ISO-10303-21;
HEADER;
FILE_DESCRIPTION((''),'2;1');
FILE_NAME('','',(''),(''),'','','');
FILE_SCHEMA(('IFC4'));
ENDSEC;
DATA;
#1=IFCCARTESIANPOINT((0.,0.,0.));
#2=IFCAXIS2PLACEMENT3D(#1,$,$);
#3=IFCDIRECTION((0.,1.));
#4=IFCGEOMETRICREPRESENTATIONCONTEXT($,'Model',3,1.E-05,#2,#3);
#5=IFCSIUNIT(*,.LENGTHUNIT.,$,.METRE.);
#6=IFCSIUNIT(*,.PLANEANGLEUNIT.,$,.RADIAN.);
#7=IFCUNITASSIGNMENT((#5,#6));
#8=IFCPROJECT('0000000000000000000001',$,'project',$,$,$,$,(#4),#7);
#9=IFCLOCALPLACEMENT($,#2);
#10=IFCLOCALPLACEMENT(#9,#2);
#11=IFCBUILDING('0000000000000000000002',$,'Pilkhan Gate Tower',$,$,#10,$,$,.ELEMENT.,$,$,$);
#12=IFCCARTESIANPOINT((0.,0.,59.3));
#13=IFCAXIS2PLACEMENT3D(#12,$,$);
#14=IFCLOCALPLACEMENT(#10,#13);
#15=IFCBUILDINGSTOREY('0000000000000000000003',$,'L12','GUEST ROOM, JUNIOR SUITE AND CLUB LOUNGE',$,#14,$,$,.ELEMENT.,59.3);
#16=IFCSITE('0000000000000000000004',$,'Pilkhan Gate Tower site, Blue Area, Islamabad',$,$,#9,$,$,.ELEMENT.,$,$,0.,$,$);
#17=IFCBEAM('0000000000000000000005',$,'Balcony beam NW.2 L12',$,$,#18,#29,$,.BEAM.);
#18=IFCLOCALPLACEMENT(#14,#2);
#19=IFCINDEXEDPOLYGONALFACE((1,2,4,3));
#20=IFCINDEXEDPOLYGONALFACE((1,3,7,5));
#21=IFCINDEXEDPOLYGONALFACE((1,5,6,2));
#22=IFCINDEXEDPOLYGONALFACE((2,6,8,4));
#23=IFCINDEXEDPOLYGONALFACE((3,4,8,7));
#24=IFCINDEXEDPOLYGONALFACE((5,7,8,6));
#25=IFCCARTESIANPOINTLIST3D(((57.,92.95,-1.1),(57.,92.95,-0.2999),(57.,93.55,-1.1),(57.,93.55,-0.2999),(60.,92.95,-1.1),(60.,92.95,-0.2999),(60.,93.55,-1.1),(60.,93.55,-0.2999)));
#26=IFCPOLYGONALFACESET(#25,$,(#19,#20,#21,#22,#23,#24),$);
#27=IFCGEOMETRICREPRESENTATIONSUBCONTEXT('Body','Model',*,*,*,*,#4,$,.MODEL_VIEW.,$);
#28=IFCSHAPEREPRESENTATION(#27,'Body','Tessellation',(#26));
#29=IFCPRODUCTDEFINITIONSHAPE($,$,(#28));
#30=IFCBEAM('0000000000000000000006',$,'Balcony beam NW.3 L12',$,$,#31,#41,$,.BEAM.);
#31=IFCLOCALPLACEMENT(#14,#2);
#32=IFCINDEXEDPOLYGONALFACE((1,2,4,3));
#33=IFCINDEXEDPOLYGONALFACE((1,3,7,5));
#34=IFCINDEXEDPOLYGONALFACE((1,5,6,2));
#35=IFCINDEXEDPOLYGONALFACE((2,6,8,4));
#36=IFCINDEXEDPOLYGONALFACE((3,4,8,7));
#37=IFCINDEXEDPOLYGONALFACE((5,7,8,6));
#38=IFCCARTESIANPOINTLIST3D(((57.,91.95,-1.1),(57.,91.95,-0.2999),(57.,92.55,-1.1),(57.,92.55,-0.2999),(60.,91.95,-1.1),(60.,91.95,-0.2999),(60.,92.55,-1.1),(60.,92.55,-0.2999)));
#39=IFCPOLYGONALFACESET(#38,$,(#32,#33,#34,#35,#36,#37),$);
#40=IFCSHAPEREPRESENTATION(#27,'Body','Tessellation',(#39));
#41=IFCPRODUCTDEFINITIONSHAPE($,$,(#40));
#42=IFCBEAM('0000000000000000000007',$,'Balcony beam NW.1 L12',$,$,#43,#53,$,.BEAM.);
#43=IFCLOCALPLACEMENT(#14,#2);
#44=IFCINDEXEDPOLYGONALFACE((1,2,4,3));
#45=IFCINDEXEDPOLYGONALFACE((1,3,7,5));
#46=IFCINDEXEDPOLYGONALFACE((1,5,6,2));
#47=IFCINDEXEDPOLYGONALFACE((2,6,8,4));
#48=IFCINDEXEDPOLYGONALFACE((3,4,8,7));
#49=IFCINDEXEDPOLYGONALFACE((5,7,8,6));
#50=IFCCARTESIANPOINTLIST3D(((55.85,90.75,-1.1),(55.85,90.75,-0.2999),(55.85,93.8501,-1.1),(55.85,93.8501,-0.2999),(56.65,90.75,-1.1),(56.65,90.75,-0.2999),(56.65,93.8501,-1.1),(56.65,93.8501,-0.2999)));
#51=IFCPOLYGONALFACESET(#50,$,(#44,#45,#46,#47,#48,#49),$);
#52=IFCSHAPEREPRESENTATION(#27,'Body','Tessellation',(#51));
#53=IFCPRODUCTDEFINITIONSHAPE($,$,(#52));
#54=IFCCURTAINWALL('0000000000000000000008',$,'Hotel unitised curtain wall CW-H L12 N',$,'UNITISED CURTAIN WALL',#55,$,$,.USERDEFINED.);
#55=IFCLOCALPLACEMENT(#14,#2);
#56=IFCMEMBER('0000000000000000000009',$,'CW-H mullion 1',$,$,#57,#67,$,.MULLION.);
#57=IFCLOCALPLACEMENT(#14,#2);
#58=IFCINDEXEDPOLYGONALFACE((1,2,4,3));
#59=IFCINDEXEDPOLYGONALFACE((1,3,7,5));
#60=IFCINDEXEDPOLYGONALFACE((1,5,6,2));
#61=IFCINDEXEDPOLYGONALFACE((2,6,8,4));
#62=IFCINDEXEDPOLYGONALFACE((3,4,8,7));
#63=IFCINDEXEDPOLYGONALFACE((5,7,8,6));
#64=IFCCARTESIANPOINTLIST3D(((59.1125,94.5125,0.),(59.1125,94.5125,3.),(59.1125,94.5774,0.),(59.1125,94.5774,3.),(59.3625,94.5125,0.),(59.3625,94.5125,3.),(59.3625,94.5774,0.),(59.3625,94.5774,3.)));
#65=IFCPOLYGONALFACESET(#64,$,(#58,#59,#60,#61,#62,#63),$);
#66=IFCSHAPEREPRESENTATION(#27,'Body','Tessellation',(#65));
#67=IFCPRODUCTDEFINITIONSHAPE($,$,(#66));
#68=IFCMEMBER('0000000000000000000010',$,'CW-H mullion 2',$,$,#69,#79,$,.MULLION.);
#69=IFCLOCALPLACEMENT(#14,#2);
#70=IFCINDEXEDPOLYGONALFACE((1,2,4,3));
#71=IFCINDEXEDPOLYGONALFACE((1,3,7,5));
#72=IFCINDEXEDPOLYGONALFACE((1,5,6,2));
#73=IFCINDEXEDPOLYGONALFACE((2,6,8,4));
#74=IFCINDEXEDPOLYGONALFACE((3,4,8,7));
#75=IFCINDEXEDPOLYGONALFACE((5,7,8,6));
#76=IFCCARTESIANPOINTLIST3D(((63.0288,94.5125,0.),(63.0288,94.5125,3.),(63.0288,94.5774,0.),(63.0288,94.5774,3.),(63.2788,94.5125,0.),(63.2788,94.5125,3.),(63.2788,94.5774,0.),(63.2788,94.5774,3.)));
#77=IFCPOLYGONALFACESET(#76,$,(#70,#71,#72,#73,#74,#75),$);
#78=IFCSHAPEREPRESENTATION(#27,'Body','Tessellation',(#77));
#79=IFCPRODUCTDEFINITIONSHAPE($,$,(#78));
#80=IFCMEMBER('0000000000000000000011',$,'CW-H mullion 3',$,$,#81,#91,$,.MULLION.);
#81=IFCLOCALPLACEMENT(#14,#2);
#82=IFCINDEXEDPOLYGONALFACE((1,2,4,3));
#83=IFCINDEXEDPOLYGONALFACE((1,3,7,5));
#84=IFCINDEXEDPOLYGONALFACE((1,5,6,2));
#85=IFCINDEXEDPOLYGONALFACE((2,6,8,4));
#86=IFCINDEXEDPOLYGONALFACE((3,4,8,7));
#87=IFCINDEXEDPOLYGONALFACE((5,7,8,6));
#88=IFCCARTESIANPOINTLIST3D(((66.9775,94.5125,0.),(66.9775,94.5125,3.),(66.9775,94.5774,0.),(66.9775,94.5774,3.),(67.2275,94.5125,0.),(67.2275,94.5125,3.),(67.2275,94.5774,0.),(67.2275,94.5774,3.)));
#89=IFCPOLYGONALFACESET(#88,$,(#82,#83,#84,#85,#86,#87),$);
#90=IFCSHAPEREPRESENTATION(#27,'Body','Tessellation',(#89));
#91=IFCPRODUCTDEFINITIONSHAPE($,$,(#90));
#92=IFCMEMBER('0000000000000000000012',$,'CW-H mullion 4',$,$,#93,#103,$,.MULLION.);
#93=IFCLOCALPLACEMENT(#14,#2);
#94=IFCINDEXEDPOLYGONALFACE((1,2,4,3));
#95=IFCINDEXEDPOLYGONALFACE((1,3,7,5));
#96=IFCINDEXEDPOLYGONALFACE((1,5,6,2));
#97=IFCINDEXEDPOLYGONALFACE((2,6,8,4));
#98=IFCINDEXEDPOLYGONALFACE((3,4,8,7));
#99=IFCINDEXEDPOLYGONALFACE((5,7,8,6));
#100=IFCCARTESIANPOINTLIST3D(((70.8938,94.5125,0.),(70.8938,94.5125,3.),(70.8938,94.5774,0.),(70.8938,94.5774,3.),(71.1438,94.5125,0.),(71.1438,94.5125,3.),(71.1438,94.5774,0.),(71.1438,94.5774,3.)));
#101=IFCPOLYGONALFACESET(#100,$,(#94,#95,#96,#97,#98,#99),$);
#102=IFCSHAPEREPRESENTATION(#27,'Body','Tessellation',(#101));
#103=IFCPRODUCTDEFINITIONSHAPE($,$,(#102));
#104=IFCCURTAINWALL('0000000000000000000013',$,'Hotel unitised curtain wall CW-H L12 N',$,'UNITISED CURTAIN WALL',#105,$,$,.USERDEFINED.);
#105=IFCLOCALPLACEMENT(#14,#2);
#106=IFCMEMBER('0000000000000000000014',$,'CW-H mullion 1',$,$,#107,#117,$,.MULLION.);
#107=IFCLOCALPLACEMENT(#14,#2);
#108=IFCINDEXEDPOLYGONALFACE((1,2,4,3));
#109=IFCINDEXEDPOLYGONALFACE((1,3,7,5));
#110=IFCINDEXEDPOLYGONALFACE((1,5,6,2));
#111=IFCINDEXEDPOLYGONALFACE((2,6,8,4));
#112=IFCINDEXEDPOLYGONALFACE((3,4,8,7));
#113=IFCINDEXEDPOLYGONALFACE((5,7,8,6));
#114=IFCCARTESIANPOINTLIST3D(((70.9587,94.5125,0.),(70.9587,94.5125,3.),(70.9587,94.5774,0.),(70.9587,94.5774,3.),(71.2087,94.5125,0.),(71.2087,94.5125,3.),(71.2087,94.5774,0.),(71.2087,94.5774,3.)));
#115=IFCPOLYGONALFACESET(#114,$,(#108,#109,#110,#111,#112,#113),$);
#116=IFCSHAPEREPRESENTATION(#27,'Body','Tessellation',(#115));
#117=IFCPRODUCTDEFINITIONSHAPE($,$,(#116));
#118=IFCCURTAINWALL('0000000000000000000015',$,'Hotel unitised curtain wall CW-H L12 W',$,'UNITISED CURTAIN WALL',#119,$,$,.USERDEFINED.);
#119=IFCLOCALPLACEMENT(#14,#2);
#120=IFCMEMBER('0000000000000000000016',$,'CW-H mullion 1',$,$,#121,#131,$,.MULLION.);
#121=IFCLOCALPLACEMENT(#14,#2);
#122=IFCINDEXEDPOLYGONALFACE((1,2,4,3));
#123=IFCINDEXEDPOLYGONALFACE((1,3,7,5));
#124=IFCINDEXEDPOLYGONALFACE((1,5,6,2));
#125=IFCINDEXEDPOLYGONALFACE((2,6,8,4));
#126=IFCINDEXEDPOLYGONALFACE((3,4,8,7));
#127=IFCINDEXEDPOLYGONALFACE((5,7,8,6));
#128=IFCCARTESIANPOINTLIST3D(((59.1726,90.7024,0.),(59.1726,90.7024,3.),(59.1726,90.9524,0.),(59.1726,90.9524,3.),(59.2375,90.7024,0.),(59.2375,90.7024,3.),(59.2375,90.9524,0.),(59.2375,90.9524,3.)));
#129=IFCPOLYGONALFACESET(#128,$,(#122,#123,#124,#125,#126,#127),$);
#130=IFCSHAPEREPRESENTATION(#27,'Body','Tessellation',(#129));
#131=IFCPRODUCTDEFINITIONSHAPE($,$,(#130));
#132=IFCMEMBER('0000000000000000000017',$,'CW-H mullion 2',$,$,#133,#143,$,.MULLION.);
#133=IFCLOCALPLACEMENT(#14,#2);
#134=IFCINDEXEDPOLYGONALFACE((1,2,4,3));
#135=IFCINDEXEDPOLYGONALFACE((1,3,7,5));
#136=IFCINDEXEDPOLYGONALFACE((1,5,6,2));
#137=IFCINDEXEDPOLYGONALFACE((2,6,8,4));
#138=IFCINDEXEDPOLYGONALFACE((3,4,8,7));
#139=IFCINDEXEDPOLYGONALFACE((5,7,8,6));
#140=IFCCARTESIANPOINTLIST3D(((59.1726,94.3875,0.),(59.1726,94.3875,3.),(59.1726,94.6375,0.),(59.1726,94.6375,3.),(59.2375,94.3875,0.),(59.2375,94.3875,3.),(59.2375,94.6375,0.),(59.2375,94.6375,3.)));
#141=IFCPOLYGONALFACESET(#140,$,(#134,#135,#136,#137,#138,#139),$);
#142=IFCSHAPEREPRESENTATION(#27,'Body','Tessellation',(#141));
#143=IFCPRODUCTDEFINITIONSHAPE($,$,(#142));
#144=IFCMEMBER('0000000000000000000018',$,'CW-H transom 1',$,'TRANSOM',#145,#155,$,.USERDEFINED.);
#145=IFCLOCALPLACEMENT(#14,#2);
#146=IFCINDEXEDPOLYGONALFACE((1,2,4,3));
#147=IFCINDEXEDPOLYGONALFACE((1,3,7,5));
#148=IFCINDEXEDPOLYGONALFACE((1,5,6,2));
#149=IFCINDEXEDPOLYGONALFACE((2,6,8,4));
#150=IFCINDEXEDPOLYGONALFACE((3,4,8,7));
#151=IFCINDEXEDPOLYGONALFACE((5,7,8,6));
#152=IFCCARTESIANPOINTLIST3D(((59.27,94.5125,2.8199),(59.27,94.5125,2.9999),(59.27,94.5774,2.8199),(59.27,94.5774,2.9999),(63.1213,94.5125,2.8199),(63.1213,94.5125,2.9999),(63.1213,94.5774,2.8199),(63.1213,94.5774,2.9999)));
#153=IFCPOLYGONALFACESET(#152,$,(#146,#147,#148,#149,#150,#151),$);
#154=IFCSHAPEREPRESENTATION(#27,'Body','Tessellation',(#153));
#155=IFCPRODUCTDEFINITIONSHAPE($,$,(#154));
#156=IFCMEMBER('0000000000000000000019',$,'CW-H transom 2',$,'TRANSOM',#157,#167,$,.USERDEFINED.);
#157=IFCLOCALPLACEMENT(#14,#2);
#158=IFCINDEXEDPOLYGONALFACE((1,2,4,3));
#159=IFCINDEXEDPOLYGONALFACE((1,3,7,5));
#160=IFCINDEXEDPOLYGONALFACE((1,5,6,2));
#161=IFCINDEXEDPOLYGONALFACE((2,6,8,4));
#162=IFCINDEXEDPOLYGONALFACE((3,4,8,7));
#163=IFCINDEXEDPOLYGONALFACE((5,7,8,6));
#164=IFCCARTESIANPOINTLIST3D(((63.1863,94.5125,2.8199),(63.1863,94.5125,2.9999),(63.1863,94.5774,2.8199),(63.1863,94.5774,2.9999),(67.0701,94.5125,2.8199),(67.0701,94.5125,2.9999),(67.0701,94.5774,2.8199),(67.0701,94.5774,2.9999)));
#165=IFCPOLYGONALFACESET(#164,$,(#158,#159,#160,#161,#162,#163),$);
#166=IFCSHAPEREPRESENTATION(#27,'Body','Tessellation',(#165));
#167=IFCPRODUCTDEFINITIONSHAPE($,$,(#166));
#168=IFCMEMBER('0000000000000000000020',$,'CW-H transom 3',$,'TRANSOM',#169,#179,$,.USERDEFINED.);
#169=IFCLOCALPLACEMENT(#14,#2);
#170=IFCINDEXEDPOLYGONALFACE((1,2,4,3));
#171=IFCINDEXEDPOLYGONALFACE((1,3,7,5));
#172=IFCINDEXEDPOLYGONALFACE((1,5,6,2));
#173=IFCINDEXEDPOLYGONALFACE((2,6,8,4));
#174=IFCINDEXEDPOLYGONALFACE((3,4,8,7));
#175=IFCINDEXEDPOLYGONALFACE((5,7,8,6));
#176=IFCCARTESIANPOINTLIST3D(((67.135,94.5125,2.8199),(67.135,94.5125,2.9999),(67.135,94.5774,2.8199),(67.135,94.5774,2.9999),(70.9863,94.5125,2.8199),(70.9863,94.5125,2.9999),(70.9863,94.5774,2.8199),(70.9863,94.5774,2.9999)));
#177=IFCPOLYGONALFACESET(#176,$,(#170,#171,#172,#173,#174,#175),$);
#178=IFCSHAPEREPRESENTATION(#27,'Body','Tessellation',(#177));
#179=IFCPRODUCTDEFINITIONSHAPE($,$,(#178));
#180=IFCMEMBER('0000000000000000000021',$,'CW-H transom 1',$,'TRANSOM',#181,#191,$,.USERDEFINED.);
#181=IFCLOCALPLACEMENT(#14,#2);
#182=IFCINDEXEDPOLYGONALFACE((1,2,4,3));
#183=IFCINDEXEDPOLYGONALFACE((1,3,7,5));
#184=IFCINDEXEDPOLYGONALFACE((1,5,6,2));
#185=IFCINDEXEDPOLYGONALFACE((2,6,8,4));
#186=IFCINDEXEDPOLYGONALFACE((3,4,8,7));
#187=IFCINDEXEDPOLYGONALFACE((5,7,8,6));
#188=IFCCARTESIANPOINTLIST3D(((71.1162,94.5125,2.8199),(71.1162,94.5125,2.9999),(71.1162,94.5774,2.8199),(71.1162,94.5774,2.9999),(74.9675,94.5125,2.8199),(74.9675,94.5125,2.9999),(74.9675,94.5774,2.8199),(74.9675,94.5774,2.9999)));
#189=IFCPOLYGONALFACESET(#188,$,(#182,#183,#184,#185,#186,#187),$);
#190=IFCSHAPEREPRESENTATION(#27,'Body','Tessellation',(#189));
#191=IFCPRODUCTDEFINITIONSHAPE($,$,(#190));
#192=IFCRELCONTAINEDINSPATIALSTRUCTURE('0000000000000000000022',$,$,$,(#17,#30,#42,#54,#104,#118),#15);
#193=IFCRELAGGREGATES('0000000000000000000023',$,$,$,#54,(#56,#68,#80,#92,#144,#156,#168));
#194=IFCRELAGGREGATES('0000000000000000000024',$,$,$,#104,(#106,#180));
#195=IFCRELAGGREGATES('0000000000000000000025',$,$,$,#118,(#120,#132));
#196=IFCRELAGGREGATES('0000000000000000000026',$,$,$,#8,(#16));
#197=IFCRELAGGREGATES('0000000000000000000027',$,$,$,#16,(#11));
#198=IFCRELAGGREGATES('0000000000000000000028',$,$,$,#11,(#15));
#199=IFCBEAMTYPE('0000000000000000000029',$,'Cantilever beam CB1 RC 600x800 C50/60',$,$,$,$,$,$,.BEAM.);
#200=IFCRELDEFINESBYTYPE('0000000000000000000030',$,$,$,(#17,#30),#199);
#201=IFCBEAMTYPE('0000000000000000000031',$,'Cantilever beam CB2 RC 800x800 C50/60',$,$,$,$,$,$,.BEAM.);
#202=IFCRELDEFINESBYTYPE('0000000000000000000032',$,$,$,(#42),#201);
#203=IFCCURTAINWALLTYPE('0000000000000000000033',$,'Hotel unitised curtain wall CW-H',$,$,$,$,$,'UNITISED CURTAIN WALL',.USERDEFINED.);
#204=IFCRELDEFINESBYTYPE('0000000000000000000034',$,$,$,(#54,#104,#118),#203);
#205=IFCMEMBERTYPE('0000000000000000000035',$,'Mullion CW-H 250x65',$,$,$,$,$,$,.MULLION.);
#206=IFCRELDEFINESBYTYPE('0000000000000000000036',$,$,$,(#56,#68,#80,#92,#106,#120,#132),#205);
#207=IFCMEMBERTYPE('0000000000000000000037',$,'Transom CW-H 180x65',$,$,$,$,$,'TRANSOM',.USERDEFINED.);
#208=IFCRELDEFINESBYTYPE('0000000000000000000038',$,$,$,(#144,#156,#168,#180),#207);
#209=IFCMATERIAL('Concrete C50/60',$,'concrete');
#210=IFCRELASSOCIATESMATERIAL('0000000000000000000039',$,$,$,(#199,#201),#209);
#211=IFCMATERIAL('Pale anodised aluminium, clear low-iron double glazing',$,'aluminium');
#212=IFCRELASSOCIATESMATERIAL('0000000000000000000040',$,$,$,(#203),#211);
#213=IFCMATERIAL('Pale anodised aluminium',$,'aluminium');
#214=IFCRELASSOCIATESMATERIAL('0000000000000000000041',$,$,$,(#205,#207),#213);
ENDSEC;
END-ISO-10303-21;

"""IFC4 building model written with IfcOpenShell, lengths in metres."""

from ifc_helpers import new_model, si_unit, direction, frame, origin, origin_2d, place, context, subcontext, project, spatial, rectangle, extrude, material, material_profile, profile_set, type_object, element, aggregate, save


model = new_model("IFC4")

# Units and contexts
model_context = context("Model", 3, precision=1e-05, world=origin(), true_north=direction((0.0, 1.0)))
body_context = subcontext(model_context, "Body", "Model", "MODEL_VIEW")
ifc_project = project(units=[si_unit("LENGTHUNIT", "METRE"), si_unit("PLANEANGLEUNIT", "RADIAN")], contexts=[model_context])

# Site, building, storey
site_placement = place(None, origin())
site = spatial("IfcSite", under=ifc_project, at=site_placement, Name="Pilkhan Gate Tower site, Blue Area, Islamabad", CompositionType="ELEMENT", RefElevation=0.0)
building_placement = place(site_placement, origin())
building = spatial("IfcBuilding", under=site, at=building_placement, Name="Pilkhan Gate Tower", CompositionType="ELEMENT")
storey_placement = place(building_placement, frame((0.0, 0.0, 59.3)))
storey = spatial("IfcBuildingStorey", under=building, at=storey_placement, Name="L12", Description="GUEST ROOM, JUNIOR SUITE AND CLUB LOUNGE", CompositionType="ELEMENT", Elevation=59.3)

# Beams
ifc_material_1 = material(Name="Concrete C50/60", Category="concrete")
ifc_material_profile_1 = material_profile(ifc_material_1, rectangle(XDim=0.6001, YDim=0.8, at=origin_2d()), Name="RC 600x800")
ifc_profile_set_1 = profile_set([ifc_material_profile_1], Name="Concrete C50/60")
beam_type_1 = type_object("IfcBeamType", Name="Cantilever beam CB1 RC 600x800 C50/60", PredefinedType="BEAM", material=ifc_profile_set_1)
for number, where, z_axis, x_axis, name in (
    (1, (60.0, 93.25, -0.7), (-1.0, 0.0, 0.0), (0.0, -1.0, 0.0), "Balcony beam NW.2 L12"),
    (2, (60.0, 92.25, -0.7), (-1.0, 0.0, 0.0), (0.0, -1.0, 0.0), "Balcony beam NW.3 L12"),
):
    element("IfcBeam", number, at=place(storey_placement, frame(where, z_axis=z_axis, x_axis=x_axis)), inside=storey, type_object=beam_type_1, Name=name, PredefinedType="BEAM", context=body_context, shape_type="SweptSolid", body=[
        extrude(rectangle(XDim=0.6001, YDim=0.8, at=origin_2d()), origin(), (0.0, 0.0, 1.0), 3.0),
    ])
ifc_material_profile_2 = material_profile(ifc_material_1, rectangle(XDim=0.8, YDim=0.8, at=origin_2d()), Name="RC 800x800")
ifc_profile_set_2 = profile_set([ifc_material_profile_2], Name="Concrete C50/60")
beam_type_2 = type_object("IfcBeamType", Name="Cantilever beam CB2 RC 800x800 C50/60", PredefinedType="BEAM", material=ifc_profile_set_2)
beam_placement = place(storey_placement, frame((56.25, 90.75, -0.7), z_axis=(0.0, 1.0, 0.0), x_axis=(-1.0, 0.0, 0.0)))
element("IfcBeam", 3, at=beam_placement, inside=storey, type_object=beam_type_2, Name="Balcony beam NW.1 L12", PredefinedType="BEAM", context=body_context, shape_type="SweptSolid", body=[
    extrude(rectangle(XDim=0.8, YDim=0.8, at=origin_2d()), origin(), (0.0, 0.0, 1.0), 3.1001),
])

# Curtain wall, members
ifc_material_2 = material(Name="Pale anodised aluminium, clear low-iron double glazing", Category="aluminium")
curtain_wall_type = type_object("IfcCurtainWallType", Name="Hotel unitised curtain wall CW-H", ElementType="UNITISED CURTAIN WALL", PredefinedType="USERDEFINED", material=ifc_material_2)
curtain_wall_1_placement = place(storey_placement, origin())
curtain_wall_1 = element("IfcCurtainWall", 4, at=curtain_wall_1_placement, inside=storey, type_object=curtain_wall_type, Name="Hotel unitised curtain wall CW-H L12 N", ObjectType="UNITISED CURTAIN WALL", PredefinedType="USERDEFINED")
ifc_material_3 = material(Name="Pale anodised aluminium", Category="aluminium")
ifc_material_profile_3 = material_profile(ifc_material_3, rectangle(XDim=0.0649, YDim=0.25, at=origin_2d()), Name="Mullion 250x65")
ifc_profile_set_3 = profile_set([ifc_material_profile_3], Name="Pale anodised aluminium")
member_type_1 = type_object("IfcMemberType", Name="Mullion CW-H 250x65", PredefinedType="MULLION", material=ifc_profile_set_3)
member_1_placement = place(storey_placement, frame((59.2375, 94.5449, 0.0), z_axis=(0.0, 0.0, 1.0), x_axis=(0.0, 1.0, 0.0)))
member_1 = element("IfcMember", 5, at=member_1_placement, type_object=member_type_1, Name="CW-H mullion 1", PredefinedType="MULLION", context=body_context, shape_type="SweptSolid", body=[
    extrude(rectangle(XDim=0.0649, YDim=0.25, at=origin_2d()), origin(), (0.0, 0.0, 1.0), 3.0),
])
member_2_placement = place(storey_placement, frame((63.1538, 94.5449, 0.0), z_axis=(0.0, 0.0, 1.0), x_axis=(0.0, 1.0, 0.0)))
member_2 = element("IfcMember", 6, at=member_2_placement, type_object=member_type_1, Name="CW-H mullion 2", PredefinedType="MULLION", context=body_context, shape_type="SweptSolid", body=[
    extrude(rectangle(XDim=0.0649, YDim=0.25, at=origin_2d()), origin(), (0.0, 0.0, 1.0), 3.0),
])
member_3_placement = place(storey_placement, frame((67.1025, 94.5449, 0.0), z_axis=(0.0, 0.0, 1.0), x_axis=(0.0, 1.0, 0.0)))
member_3 = element("IfcMember", 7, at=member_3_placement, type_object=member_type_1, Name="CW-H mullion 3", PredefinedType="MULLION", context=body_context, shape_type="SweptSolid", body=[
    extrude(rectangle(XDim=0.0649, YDim=0.25, at=origin_2d()), origin(), (0.0, 0.0, 1.0), 3.0),
])
member_4_placement = place(storey_placement, frame((71.0188, 94.5449, 0.0), z_axis=(0.0, 0.0, 1.0), x_axis=(0.0, 1.0, 0.0)))
member_4 = element("IfcMember", 8, at=member_4_placement, type_object=member_type_1, Name="CW-H mullion 4", PredefinedType="MULLION", context=body_context, shape_type="SweptSolid", body=[
    extrude(rectangle(XDim=0.0649, YDim=0.25, at=origin_2d()), origin(), (0.0, 0.0, 1.0), 3.0),
])

# Curtain wall, member
curtain_wall_2_placement = place(storey_placement, origin())
curtain_wall_2 = element("IfcCurtainWall", 9, at=curtain_wall_2_placement, inside=storey, type_object=curtain_wall_type, Name="Hotel unitised curtain wall CW-H L12 N", ObjectType="UNITISED CURTAIN WALL", PredefinedType="USERDEFINED")
member_5_placement = place(storey_placement, frame((71.0837, 94.5449, 0.0), z_axis=(0.0, 0.0, 1.0), x_axis=(0.0, 1.0, 0.0)))
member_5 = element("IfcMember", 10, at=member_5_placement, type_object=member_type_1, Name="CW-H mullion 1", PredefinedType="MULLION", context=body_context, shape_type="SweptSolid", body=[
    extrude(rectangle(XDim=0.0649, YDim=0.25, at=origin_2d()), origin(), (0.0, 0.0, 1.0), 3.0),
])

# Curtain wall, members
curtain_wall_3_placement = place(storey_placement, origin())
curtain_wall_3 = element("IfcCurtainWall", 11, at=curtain_wall_3_placement, inside=storey, type_object=curtain_wall_type, Name="Hotel unitised curtain wall CW-H L12 W", ObjectType="UNITISED CURTAIN WALL", PredefinedType="USERDEFINED")
member_6_placement = place(storey_placement, frame((59.2051, 90.8274, 0.0), z_axis=(0.0, 0.0, 1.0), x_axis=(-1.0, 0.0, 0.0)))
member_6 = element("IfcMember", 12, at=member_6_placement, type_object=member_type_1, Name="CW-H mullion 1", PredefinedType="MULLION", context=body_context, shape_type="SweptSolid", body=[
    extrude(rectangle(XDim=0.0649, YDim=0.25, at=origin_2d()), origin(), (0.0, 0.0, 1.0), 3.0),
])
member_7_placement = place(storey_placement, frame((59.2051, 94.5125, 0.0), z_axis=(0.0, 0.0, 1.0), x_axis=(-1.0, 0.0, 0.0)))
member_7 = element("IfcMember", 13, at=member_7_placement, type_object=member_type_1, Name="CW-H mullion 2", PredefinedType="MULLION", context=body_context, shape_type="SweptSolid", body=[
    extrude(rectangle(XDim=0.0649, YDim=0.25, at=origin_2d()), origin(), (0.0, 0.0, 1.0), 3.0),
])

# Members
ifc_material_profile_4 = material_profile(ifc_material_3, rectangle(XDim=0.0649, YDim=0.1799, at=origin_2d()), Name="Transom 180x65")
ifc_profile_set_4 = profile_set([ifc_material_profile_4], Name="Pale anodised aluminium")
member_type_2 = type_object("IfcMemberType", Name="Transom CW-H 180x65", ElementType="TRANSOM", PredefinedType="USERDEFINED", material=ifc_profile_set_4)
member_8_placement = place(storey_placement, frame((59.27, 94.5449, 2.9099), z_axis=(1.0, 0.0, 0.0), x_axis=(0.0, 1.0, 0.0)))
member_8 = element("IfcMember", 14, at=member_8_placement, type_object=member_type_2, Name="CW-H transom 1", ObjectType="TRANSOM", PredefinedType="USERDEFINED", context=body_context, shape_type="SweptSolid", body=[
    extrude(rectangle(XDim=0.0649, YDim=0.1799, at=origin_2d()), origin(), (0.0, 0.0, 1.0), 3.8513),
])
member_9_placement = place(storey_placement, frame((63.1863, 94.5449, 2.9099), z_axis=(1.0, 0.0, 0.0), x_axis=(0.0, 1.0, 0.0)))
member_9 = element("IfcMember", 15, at=member_9_placement, type_object=member_type_2, Name="CW-H transom 2", ObjectType="TRANSOM", PredefinedType="USERDEFINED", context=body_context, shape_type="SweptSolid", body=[
    extrude(rectangle(XDim=0.0649, YDim=0.1799, at=origin_2d()), origin(), (0.0, 0.0, 1.0), 3.8838),
])
member_10_placement = place(storey_placement, frame((67.135, 94.5449, 2.9099), z_axis=(1.0, 0.0, 0.0), x_axis=(0.0, 1.0, 0.0)))
member_10 = element("IfcMember", 16, at=member_10_placement, type_object=member_type_2, Name="CW-H transom 3", ObjectType="TRANSOM", PredefinedType="USERDEFINED", context=body_context, shape_type="SweptSolid", body=[
    extrude(rectangle(XDim=0.0649, YDim=0.1799, at=origin_2d()), origin(), (0.0, 0.0, 1.0), 3.8513),
])
member_11_placement = place(storey_placement, frame((71.1162, 94.5449, 2.9099), z_axis=(1.0, 0.0, 0.0), x_axis=(0.0, 1.0, 0.0)))
member_11 = element("IfcMember", 17, at=member_11_placement, type_object=member_type_2, Name="CW-H transom 1", ObjectType="TRANSOM", PredefinedType="USERDEFINED", context=body_context, shape_type="SweptSolid", body=[
    extrude(rectangle(XDim=0.0649, YDim=0.1799, at=origin_2d()), origin(), (0.0, 0.0, 1.0), 3.8513),
])

aggregate(curtain_wall_1, [member_1, member_2, member_3, member_4, member_8, member_9, member_10])
aggregate(curtain_wall_2, [member_5, member_11])
aggregate(curtain_wall_3, [member_6, member_7])

save(model, "model.ifc")
